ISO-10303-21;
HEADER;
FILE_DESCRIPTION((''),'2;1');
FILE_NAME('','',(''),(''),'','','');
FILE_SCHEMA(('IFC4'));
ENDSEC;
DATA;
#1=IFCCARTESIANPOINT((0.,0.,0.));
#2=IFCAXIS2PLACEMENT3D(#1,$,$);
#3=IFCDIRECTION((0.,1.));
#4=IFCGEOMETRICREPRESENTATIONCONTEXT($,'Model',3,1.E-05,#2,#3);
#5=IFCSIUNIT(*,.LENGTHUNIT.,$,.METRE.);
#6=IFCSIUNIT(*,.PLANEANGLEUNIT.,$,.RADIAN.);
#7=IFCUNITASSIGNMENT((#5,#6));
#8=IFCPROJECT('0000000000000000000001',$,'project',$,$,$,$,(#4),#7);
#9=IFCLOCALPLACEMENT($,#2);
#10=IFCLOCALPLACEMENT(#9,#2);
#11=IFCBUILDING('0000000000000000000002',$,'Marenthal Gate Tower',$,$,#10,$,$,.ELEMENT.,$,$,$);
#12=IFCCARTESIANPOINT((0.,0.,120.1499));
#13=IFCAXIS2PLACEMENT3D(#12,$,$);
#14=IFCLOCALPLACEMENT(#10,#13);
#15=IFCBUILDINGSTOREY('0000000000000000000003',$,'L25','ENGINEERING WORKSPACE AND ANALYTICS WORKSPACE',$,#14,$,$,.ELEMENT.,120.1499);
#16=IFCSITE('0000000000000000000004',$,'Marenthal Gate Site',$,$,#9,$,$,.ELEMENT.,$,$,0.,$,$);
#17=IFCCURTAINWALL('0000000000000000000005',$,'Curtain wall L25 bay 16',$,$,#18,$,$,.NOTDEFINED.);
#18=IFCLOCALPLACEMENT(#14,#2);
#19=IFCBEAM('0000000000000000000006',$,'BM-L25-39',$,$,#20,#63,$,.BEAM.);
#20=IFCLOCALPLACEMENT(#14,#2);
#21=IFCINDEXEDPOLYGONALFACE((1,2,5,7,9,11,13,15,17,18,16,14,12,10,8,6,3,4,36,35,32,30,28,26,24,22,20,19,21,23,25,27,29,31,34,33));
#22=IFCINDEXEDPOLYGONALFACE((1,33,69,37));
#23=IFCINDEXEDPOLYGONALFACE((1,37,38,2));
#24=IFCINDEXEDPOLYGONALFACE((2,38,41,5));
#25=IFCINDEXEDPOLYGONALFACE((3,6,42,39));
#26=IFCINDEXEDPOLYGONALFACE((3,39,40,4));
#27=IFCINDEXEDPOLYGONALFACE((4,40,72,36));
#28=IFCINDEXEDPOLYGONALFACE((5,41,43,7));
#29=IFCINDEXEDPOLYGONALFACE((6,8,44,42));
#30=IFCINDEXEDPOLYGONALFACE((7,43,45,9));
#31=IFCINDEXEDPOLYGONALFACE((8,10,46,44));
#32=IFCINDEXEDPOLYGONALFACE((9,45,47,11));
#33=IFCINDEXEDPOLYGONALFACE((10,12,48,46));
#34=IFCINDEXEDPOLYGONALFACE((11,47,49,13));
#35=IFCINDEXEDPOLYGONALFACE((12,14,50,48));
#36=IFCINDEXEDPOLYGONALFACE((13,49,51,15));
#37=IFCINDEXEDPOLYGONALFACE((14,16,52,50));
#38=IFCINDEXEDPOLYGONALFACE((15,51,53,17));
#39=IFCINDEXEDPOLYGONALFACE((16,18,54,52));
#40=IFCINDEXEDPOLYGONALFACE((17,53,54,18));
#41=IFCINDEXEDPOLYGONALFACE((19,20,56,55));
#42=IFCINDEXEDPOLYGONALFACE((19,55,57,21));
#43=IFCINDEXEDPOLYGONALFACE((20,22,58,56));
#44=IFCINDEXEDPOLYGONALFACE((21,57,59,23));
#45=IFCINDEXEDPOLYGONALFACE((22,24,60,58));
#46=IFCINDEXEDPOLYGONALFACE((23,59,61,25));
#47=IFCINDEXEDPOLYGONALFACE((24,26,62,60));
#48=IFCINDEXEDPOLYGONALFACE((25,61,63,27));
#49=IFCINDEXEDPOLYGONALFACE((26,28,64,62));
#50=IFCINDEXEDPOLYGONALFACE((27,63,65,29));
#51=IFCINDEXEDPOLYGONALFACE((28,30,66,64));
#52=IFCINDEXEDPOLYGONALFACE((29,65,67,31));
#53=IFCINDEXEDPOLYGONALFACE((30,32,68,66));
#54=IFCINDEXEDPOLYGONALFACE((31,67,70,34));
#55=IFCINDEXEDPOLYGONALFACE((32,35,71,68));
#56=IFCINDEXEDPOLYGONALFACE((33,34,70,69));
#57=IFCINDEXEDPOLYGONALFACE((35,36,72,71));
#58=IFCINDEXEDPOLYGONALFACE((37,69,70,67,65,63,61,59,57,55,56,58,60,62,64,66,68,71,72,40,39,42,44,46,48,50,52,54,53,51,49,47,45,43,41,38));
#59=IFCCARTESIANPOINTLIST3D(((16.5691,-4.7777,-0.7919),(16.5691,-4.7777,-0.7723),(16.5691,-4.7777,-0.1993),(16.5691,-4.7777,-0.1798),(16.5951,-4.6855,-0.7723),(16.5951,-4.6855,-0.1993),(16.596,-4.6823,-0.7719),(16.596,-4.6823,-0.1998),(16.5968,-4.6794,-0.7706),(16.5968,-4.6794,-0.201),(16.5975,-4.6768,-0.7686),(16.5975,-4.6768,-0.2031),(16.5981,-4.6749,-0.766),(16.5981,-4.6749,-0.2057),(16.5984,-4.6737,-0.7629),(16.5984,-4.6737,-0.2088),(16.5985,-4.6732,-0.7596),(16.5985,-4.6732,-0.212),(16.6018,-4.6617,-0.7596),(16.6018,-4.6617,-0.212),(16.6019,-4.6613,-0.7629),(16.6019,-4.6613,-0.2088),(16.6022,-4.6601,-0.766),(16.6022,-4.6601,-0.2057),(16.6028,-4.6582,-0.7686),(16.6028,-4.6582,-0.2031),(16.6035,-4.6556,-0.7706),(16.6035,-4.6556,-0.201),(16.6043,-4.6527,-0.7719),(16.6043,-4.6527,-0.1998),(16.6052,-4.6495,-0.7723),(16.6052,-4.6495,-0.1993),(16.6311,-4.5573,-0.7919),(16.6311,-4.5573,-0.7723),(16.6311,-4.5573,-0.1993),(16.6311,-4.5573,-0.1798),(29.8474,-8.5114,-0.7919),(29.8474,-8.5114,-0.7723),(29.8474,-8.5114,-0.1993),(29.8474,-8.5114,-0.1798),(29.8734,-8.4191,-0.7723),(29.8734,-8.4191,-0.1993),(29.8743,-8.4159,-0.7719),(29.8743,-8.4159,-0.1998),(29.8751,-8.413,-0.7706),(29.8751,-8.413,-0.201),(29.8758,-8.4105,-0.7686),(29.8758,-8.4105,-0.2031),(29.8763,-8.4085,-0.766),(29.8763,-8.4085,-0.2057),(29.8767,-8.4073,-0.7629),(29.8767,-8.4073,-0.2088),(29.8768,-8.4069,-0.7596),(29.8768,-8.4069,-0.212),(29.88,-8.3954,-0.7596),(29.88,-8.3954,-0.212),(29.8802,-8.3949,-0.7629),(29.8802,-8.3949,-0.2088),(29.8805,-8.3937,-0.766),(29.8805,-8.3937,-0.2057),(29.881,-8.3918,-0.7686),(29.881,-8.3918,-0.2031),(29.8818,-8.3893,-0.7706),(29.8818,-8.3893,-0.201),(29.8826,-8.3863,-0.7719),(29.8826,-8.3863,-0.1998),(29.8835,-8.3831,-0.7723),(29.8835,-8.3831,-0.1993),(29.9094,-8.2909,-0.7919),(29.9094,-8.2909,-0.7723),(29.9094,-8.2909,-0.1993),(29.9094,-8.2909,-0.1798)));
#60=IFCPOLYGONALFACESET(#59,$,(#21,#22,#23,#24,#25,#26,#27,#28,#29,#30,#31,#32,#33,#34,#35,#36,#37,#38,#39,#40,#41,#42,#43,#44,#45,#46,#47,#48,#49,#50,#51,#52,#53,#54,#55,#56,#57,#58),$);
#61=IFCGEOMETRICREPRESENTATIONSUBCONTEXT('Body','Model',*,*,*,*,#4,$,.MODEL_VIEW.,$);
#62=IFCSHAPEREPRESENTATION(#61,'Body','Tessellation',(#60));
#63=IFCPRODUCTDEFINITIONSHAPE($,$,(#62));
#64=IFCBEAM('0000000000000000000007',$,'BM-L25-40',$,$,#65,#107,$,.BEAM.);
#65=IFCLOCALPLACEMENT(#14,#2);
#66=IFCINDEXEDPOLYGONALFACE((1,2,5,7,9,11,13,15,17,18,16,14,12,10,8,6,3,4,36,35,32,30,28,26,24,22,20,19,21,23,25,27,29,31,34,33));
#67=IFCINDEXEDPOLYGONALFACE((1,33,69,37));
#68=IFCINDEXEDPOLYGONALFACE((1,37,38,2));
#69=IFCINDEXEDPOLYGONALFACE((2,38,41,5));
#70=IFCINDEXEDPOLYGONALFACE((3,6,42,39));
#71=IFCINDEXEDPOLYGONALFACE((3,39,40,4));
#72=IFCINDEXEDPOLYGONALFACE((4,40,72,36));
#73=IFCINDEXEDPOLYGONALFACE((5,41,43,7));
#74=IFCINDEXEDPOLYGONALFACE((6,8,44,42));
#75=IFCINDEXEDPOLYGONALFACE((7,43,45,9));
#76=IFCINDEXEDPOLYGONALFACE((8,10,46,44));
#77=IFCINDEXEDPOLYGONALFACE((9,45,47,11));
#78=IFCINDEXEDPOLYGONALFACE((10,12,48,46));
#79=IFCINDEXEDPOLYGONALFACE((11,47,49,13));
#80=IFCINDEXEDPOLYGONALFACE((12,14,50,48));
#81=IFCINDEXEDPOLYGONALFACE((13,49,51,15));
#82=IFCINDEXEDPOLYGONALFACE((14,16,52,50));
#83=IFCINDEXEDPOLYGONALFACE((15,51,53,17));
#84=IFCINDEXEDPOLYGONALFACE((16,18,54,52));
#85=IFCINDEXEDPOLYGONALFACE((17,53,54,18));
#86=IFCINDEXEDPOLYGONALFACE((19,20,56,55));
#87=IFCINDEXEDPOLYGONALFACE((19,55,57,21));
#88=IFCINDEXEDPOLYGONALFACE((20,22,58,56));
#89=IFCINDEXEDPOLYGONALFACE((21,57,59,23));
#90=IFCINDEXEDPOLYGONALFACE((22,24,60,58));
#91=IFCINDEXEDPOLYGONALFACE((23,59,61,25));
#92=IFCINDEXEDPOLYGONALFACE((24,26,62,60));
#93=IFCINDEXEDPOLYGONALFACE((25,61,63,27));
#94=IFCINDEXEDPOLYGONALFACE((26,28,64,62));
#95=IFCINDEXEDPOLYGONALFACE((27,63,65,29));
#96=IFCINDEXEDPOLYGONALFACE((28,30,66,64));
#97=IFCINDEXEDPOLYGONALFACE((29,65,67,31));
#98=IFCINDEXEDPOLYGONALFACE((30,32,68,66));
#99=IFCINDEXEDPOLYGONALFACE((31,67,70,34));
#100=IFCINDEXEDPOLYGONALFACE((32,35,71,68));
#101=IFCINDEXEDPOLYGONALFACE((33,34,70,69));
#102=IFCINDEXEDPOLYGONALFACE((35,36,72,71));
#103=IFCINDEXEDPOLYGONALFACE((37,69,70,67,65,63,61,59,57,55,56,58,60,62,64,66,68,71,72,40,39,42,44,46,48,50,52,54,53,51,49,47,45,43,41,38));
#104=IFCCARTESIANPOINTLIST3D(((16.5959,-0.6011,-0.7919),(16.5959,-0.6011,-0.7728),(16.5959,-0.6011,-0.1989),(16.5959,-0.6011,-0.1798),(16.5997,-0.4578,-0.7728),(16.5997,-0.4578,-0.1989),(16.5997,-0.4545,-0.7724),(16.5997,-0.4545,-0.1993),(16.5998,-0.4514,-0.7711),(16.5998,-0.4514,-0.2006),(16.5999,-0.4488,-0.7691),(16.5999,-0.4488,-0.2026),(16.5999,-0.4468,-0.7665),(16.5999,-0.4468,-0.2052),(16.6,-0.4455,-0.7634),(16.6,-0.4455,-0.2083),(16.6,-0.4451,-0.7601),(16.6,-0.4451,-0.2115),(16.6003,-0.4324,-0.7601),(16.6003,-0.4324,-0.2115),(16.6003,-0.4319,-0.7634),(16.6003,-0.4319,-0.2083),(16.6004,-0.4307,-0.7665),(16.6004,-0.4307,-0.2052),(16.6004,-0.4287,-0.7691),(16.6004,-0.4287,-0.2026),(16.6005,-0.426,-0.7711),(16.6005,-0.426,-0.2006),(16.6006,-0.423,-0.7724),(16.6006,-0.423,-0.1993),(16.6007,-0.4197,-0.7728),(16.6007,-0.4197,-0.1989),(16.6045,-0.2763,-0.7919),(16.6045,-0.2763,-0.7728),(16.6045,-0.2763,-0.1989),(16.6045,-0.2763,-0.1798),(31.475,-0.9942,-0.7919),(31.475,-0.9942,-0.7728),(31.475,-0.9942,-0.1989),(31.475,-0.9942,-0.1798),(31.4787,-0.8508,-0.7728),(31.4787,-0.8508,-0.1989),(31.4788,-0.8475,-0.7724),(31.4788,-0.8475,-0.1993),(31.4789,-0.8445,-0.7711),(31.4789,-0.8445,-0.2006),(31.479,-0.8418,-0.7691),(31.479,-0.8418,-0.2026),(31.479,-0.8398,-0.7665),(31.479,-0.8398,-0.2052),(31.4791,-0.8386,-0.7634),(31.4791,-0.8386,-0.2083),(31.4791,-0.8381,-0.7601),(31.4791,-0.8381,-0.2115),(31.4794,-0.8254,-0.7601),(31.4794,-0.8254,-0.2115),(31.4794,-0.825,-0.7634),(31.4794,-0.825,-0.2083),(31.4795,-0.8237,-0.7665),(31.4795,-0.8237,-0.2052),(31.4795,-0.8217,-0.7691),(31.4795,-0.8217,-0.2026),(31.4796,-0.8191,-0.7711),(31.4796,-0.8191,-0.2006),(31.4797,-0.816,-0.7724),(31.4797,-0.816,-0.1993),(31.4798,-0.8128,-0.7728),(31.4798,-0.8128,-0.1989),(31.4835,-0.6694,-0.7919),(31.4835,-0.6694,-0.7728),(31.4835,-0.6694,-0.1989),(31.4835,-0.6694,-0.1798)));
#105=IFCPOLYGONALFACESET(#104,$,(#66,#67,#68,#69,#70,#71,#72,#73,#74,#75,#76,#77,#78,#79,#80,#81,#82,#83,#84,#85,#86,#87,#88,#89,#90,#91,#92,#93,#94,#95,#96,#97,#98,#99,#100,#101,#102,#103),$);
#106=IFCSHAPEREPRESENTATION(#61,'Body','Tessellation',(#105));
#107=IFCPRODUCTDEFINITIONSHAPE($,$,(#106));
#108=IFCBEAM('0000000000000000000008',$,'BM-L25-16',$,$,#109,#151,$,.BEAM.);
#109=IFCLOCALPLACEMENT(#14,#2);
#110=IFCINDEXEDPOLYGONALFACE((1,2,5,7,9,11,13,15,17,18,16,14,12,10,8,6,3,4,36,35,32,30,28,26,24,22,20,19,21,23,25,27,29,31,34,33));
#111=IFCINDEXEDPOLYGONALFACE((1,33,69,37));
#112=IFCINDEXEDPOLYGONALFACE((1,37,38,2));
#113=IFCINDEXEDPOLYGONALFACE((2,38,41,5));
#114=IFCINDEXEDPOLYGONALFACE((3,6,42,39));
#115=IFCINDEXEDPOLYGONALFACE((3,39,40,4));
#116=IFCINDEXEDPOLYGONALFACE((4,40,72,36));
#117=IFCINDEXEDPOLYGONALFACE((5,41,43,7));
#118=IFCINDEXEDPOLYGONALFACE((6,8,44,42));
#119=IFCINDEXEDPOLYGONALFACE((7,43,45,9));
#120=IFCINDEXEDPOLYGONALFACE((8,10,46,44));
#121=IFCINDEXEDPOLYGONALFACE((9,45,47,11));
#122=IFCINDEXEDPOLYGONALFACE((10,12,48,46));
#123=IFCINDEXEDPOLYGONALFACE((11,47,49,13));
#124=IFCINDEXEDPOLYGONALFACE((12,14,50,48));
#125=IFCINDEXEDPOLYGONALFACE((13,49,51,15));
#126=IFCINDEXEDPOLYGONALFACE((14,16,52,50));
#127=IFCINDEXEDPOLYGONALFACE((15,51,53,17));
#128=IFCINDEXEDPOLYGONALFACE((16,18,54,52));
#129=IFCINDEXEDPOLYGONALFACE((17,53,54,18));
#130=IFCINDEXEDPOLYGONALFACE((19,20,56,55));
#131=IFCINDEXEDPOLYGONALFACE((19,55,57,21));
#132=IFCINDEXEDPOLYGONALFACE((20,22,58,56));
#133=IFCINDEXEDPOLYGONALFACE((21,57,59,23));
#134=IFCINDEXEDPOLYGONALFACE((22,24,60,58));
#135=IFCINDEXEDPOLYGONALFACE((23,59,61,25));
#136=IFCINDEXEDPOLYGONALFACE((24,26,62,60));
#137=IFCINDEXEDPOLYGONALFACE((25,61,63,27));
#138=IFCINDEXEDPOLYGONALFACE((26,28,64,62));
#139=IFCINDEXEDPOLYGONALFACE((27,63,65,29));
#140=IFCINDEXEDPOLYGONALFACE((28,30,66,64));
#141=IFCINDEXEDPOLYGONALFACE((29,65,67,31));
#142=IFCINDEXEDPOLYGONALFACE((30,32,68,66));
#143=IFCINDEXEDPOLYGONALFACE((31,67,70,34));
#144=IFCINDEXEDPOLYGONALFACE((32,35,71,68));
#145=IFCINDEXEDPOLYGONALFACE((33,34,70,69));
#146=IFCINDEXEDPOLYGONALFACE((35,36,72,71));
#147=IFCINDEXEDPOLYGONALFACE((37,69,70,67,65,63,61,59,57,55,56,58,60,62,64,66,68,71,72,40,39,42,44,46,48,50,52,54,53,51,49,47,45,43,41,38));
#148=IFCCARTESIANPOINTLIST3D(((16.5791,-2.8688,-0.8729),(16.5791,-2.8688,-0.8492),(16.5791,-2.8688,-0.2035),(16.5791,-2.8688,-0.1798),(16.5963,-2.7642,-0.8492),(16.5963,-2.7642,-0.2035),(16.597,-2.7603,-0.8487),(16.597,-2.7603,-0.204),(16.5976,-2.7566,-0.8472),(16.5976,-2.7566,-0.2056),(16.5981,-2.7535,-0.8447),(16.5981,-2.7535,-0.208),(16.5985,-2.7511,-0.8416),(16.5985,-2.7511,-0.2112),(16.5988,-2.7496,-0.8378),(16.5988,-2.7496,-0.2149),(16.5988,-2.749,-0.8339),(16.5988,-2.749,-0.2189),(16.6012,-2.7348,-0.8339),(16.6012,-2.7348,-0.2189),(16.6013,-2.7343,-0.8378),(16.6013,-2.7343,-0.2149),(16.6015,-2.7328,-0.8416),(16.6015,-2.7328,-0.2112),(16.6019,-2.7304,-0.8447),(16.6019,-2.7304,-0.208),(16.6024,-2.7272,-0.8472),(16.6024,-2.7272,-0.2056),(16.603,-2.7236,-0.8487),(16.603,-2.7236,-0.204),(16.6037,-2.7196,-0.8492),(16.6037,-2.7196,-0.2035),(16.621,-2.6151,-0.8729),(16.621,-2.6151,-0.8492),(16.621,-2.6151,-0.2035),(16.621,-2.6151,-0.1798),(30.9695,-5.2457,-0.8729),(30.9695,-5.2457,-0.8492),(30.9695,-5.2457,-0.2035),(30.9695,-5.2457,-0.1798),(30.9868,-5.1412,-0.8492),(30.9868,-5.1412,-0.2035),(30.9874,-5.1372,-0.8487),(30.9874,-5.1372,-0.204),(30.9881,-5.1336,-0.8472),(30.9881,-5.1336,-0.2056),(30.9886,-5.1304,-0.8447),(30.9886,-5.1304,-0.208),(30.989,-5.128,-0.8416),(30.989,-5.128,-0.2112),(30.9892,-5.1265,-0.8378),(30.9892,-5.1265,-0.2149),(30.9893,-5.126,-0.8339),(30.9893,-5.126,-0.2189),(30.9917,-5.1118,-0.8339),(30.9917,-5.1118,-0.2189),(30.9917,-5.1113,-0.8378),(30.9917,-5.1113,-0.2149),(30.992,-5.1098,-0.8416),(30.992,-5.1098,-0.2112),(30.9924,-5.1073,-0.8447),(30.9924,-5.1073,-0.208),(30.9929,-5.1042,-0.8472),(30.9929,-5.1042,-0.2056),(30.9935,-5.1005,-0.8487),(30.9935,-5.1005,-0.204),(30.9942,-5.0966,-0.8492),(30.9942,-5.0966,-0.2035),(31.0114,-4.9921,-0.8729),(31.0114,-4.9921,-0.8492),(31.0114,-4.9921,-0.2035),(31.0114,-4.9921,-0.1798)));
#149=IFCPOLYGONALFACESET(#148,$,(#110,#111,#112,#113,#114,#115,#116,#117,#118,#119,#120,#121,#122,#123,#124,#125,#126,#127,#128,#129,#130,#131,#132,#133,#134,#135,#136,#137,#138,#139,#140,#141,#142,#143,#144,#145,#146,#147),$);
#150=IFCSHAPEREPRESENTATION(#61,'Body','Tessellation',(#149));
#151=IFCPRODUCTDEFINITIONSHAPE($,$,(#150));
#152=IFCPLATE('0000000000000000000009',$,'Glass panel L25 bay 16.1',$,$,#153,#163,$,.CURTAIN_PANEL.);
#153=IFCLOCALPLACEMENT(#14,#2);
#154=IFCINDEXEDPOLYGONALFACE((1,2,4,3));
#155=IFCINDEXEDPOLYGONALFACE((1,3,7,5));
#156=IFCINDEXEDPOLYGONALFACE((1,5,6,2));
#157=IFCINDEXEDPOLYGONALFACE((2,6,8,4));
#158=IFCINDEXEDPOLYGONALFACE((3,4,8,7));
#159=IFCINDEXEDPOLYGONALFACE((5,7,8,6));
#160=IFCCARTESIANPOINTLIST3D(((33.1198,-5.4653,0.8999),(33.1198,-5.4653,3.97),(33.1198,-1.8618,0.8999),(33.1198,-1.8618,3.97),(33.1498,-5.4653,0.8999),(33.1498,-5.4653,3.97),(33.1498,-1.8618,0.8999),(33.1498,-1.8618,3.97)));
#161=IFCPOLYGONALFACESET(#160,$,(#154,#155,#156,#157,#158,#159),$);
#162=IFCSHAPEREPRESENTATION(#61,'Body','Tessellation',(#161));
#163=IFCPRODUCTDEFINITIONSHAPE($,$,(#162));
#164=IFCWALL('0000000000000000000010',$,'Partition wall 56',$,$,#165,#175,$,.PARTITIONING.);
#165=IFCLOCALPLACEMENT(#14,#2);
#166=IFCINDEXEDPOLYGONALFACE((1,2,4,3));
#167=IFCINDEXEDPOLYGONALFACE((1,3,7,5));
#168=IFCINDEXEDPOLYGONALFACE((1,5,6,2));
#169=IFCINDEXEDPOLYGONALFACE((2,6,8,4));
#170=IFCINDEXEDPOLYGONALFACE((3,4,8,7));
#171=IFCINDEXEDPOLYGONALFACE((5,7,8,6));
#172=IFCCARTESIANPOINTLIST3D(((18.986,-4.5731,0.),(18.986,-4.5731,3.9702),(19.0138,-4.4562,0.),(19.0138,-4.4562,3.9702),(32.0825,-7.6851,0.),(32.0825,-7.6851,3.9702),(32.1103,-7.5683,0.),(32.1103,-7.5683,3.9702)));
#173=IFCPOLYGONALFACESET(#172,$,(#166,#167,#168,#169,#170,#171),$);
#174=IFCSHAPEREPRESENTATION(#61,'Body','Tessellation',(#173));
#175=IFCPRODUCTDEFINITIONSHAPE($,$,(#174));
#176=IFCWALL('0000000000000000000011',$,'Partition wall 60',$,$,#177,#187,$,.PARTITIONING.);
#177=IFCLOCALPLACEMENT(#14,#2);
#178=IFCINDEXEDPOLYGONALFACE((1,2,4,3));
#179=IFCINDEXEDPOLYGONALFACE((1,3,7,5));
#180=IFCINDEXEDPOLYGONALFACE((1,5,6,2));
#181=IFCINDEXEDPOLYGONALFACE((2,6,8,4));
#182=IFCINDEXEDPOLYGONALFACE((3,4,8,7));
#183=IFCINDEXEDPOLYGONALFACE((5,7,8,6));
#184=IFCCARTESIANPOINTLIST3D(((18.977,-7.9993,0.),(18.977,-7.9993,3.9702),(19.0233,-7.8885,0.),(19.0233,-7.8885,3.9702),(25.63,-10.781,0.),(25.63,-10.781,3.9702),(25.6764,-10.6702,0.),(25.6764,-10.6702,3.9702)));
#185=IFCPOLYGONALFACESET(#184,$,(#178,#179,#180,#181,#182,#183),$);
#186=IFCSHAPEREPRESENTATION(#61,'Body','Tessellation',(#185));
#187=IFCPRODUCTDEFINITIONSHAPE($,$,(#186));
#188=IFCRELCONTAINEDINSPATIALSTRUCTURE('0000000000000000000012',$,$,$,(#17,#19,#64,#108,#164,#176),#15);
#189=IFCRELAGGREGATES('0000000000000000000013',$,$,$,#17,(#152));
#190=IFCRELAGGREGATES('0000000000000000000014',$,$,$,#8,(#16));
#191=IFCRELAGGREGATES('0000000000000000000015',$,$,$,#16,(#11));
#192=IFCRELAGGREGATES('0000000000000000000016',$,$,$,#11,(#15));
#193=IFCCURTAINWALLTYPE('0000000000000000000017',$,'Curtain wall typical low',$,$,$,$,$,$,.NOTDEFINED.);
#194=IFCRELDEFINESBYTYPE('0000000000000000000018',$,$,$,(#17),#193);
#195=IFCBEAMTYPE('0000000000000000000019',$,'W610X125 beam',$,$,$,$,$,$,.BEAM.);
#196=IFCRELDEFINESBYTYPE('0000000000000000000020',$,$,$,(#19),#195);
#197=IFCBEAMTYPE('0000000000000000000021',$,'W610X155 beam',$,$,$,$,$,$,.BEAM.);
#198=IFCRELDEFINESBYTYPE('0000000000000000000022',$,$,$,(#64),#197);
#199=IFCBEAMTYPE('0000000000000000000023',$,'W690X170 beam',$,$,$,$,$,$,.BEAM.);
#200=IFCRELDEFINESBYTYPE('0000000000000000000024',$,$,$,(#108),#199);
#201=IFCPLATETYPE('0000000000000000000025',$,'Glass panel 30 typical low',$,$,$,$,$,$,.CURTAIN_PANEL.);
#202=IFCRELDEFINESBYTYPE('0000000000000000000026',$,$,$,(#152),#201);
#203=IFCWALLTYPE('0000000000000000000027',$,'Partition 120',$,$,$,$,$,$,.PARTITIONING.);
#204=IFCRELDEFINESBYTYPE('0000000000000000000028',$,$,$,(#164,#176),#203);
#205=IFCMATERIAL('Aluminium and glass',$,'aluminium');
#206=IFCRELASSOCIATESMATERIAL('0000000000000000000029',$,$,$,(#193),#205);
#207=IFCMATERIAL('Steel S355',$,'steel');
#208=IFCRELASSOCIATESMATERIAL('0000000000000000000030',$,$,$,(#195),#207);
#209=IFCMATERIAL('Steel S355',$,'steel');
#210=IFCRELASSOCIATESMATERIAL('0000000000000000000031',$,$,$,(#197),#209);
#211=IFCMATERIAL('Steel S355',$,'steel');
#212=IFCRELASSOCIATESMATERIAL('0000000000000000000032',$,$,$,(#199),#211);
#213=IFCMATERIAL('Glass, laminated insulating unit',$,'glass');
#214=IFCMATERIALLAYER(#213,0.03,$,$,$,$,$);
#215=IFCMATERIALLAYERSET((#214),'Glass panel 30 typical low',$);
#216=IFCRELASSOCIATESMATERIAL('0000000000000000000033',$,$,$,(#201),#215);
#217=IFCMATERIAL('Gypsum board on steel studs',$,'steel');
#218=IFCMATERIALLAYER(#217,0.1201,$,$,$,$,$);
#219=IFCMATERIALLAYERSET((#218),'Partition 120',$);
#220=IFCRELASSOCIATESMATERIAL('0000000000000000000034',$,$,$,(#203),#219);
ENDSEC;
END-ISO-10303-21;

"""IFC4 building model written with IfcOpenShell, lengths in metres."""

from ifc_helpers import new_model, si_unit, direction, frame, frame_2d, origin, origin_2d, place, context, subcontext, project, spatial, rectangle, i_section, extrude, material, layer, layer_set, material_profile, profile_set, type_object, element, aggregate, save


model = new_model("IFC4")

# Units and contexts
model_context = context("Model", 3, precision=1e-05, world=origin(), true_north=direction((0.0, 1.0)))
body_context = subcontext(model_context, "Body", "Model", "MODEL_VIEW")
ifc_project = project(units=[si_unit("LENGTHUNIT", "METRE"), si_unit("PLANEANGLEUNIT", "RADIAN")], contexts=[model_context])

# Site, building, storey
site_placement = place(None, origin())
site = spatial("IfcSite", under=ifc_project, at=site_placement, Name="Marenthal Gate Site", CompositionType="ELEMENT", RefElevation=0.0)
building_placement = place(site_placement, origin())
building = spatial("IfcBuilding", under=site, at=building_placement, Name="Marenthal Gate Tower", CompositionType="ELEMENT")
storey_placement = place(building_placement, frame((0.0, 0.0, 120.1499)))
storey = spatial("IfcBuildingStorey", under=building, at=storey_placement, Name="L25", Description="ENGINEERING WORKSPACE AND ANALYTICS WORKSPACE", CompositionType="ELEMENT", Elevation=120.1499)

# Curtain wall
ifc_material_1 = material(Name="Aluminium and glass", Category="aluminium")
curtain_wall_type = type_object("IfcCurtainWallType", Name="Curtain wall typical low", PredefinedType="NOTDEFINED", material=ifc_material_1)
curtain_wall_placement = place(storey_placement, origin())
curtain_wall = element("IfcCurtainWall", 1, at=curtain_wall_placement, inside=storey, type_object=curtain_wall_type, Name="Curtain wall L25 bay 16", PredefinedType="NOTDEFINED")

# Beams
ifc_material_2 = material(Name="Steel S355", Category="steel")
ifc_material_profile_1 = material_profile(ifc_material_2, i_section(OverallWidth=0.229, OverallDepth=0.6121, WebThickness=0.012, FlangeThickness=0.0195, FilletRadius=0.0127, at=origin_2d()), Name="W610X125")
ifc_profile_set_1 = profile_set([ifc_material_profile_1], Name="Steel S355")
beam_type_1 = type_object("IfcBeamType", Name="W610X125 beam", PredefinedType="BEAM", material=ifc_profile_set_1)
beam_1_placement = place(storey_placement, frame((29.8784, -8.4011, -0.4858), z_axis=(-0.962668, 0.270686, 0.0), x_axis=(-0.270686, -0.962668, 0.0)))
element("IfcBeam", 2, at=beam_1_placement, inside=storey, type_object=beam_type_1, Name="BM-L25-39", PredefinedType="BEAM", context=body_context, shape_type="SweptSolid", body=[
    extrude(i_section(OverallWidth=0.229, OverallDepth=0.6121, WebThickness=0.012, FlangeThickness=0.0195, FilletRadius=0.0127, at=origin_2d()), origin(), (0.0, 0.0, 1.0), 13.7932),
])
ifc_material_3 = material(Name="Steel S355", Category="steel")
ifc_material_profile_2 = material_profile(ifc_material_3, i_section(OverallWidth=0.325, OverallDepth=0.6121, WebThickness=0.0127, FlangeThickness=0.019, FilletRadius=0.0127, at=origin_2d()), Name="W610X155")
ifc_profile_set_2 = profile_set([ifc_material_profile_2], Name="Steel S355")
beam_type_2 = type_object("IfcBeamType", Name="W610X155 beam", PredefinedType="BEAM", material=ifc_profile_set_2)
beam_2_placement = place(storey_placement, frame((31.4792, -0.8318, -0.4858), z_axis=(-0.999651, 0.026408, 0.0), x_axis=(-0.026408, -0.999651, 0.0)))
element("IfcBeam", 3, at=beam_2_placement, inside=storey, type_object=beam_type_2, Name="BM-L25-40", PredefinedType="BEAM", context=body_context, shape_type="SweptSolid", body=[
    extrude(i_section(OverallWidth=0.325, OverallDepth=0.6121, WebThickness=0.0127, FlangeThickness=0.019, FilletRadius=0.0127, at=origin_2d()), origin(), (0.0, 0.0, 1.0), 14.8843),
])
ifc_material_4 = material(Name="Steel S355", Category="steel")
ifc_material_profile_3 = material_profile(ifc_material_4, i_section(OverallWidth=0.2571, OverallDepth=0.6931, WebThickness=0.0144, FlangeThickness=0.0237, FilletRadius=0.0154, at=origin_2d()), Name="W690X170")
ifc_profile_set_3 = profile_set([ifc_material_profile_3], Name="Steel S355")
beam_type_3 = type_object("IfcBeamType", Name="W690X170 beam", PredefinedType="BEAM", material=ifc_profile_set_3)
beam_3_placement = place(storey_placement, frame((30.9905, -5.1189, -0.5264), z_axis=(-0.986631, 0.162968, 0.0), x_axis=(-0.162968, -0.986631, 0.0)))
element("IfcBeam", 4, at=beam_3_placement, inside=storey, type_object=beam_type_3, Name="BM-L25-16", PredefinedType="BEAM", context=body_context, shape_type="SweptSolid", body=[
    extrude(i_section(OverallWidth=0.2571, OverallDepth=0.6931, WebThickness=0.0144, FlangeThickness=0.0237, FilletRadius=0.0154, at=origin_2d()), origin(), (0.0, 0.0, 1.0), 14.5854),
])

# Plate
ifc_material_5 = material(Name="Glass, laminated insulating unit", Category="glass")
ifc_layer_1 = layer(ifc_material_5, 0.03)
ifc_layer_set_1 = layer_set([ifc_layer_1], Name="Glass panel 30 typical low")
plate_type = type_object("IfcPlateType", Name="Glass panel 30 typical low", PredefinedType="CURTAIN_PANEL", material=ifc_layer_set_1)
plate_placement = place(storey_placement, frame((33.1348, -3.6636, 0.8999), z_axis=(0.0, 0.0, 1.0), x_axis=(0.0, 1.0, 0.0)))
plate = element("IfcPlate", 5, at=plate_placement, type_object=plate_type, Name="Glass panel L25 bay 16.1", PredefinedType="CURTAIN_PANEL", context=body_context, shape_type="SweptSolid", body=[
    extrude(rectangle(XDim=3.6035, YDim=0.03, at=origin_2d()), origin(), (0.0, 0.0, 1.0), 3.0701),
])
aggregate(curtain_wall, [plate])

# Walls
ifc_material_6 = material(Name="Gypsum board on steel studs", Category="steel")
ifc_layer_2 = layer(ifc_material_6, 0.1201)
ifc_layer_set_2 = layer_set([ifc_layer_2], Name="Partition 120")
wall_type = type_object("IfcWallType", Name="Partition 120", PredefinedType="PARTITIONING", material=ifc_layer_set_2)
wall_1_placement = place(storey_placement, frame((19.0, -4.5146, 0.0), z_axis=(0.0, 0.0, 1.0), x_axis=(0.972909, -0.231189, 0.0)))
element("IfcWall", 6, at=wall_1_placement, inside=storey, type_object=wall_type, Name="Partition wall 56", PredefinedType="PARTITIONING", context=body_context, shape_type="SweptSolid", body=[
    extrude(rectangle(XDim=13.4612, YDim=0.1201, at=frame_2d((6.7305, 0.0))), origin(), (0.0, 0.0, 1.0), 3.9702),
])
wall_2_placement = place(storey_placement, frame((25.6531, -10.7256, 0.0), z_axis=(0.0, 0.0, 1.0), x_axis=(-0.922602, 0.385752, 0.0)))
element("IfcWall", 7, at=wall_2_placement, inside=storey, type_object=wall_type, Name="Partition wall 60", PredefinedType="PARTITIONING", context=body_context, shape_type="SweptSolid", body=[
    extrude(rectangle(XDim=7.2112, YDim=0.1201, at=frame_2d((3.6055, 0.0))), origin(), (0.0, 0.0, 1.0), 3.9702),
])

save(model, "model.ifc")
